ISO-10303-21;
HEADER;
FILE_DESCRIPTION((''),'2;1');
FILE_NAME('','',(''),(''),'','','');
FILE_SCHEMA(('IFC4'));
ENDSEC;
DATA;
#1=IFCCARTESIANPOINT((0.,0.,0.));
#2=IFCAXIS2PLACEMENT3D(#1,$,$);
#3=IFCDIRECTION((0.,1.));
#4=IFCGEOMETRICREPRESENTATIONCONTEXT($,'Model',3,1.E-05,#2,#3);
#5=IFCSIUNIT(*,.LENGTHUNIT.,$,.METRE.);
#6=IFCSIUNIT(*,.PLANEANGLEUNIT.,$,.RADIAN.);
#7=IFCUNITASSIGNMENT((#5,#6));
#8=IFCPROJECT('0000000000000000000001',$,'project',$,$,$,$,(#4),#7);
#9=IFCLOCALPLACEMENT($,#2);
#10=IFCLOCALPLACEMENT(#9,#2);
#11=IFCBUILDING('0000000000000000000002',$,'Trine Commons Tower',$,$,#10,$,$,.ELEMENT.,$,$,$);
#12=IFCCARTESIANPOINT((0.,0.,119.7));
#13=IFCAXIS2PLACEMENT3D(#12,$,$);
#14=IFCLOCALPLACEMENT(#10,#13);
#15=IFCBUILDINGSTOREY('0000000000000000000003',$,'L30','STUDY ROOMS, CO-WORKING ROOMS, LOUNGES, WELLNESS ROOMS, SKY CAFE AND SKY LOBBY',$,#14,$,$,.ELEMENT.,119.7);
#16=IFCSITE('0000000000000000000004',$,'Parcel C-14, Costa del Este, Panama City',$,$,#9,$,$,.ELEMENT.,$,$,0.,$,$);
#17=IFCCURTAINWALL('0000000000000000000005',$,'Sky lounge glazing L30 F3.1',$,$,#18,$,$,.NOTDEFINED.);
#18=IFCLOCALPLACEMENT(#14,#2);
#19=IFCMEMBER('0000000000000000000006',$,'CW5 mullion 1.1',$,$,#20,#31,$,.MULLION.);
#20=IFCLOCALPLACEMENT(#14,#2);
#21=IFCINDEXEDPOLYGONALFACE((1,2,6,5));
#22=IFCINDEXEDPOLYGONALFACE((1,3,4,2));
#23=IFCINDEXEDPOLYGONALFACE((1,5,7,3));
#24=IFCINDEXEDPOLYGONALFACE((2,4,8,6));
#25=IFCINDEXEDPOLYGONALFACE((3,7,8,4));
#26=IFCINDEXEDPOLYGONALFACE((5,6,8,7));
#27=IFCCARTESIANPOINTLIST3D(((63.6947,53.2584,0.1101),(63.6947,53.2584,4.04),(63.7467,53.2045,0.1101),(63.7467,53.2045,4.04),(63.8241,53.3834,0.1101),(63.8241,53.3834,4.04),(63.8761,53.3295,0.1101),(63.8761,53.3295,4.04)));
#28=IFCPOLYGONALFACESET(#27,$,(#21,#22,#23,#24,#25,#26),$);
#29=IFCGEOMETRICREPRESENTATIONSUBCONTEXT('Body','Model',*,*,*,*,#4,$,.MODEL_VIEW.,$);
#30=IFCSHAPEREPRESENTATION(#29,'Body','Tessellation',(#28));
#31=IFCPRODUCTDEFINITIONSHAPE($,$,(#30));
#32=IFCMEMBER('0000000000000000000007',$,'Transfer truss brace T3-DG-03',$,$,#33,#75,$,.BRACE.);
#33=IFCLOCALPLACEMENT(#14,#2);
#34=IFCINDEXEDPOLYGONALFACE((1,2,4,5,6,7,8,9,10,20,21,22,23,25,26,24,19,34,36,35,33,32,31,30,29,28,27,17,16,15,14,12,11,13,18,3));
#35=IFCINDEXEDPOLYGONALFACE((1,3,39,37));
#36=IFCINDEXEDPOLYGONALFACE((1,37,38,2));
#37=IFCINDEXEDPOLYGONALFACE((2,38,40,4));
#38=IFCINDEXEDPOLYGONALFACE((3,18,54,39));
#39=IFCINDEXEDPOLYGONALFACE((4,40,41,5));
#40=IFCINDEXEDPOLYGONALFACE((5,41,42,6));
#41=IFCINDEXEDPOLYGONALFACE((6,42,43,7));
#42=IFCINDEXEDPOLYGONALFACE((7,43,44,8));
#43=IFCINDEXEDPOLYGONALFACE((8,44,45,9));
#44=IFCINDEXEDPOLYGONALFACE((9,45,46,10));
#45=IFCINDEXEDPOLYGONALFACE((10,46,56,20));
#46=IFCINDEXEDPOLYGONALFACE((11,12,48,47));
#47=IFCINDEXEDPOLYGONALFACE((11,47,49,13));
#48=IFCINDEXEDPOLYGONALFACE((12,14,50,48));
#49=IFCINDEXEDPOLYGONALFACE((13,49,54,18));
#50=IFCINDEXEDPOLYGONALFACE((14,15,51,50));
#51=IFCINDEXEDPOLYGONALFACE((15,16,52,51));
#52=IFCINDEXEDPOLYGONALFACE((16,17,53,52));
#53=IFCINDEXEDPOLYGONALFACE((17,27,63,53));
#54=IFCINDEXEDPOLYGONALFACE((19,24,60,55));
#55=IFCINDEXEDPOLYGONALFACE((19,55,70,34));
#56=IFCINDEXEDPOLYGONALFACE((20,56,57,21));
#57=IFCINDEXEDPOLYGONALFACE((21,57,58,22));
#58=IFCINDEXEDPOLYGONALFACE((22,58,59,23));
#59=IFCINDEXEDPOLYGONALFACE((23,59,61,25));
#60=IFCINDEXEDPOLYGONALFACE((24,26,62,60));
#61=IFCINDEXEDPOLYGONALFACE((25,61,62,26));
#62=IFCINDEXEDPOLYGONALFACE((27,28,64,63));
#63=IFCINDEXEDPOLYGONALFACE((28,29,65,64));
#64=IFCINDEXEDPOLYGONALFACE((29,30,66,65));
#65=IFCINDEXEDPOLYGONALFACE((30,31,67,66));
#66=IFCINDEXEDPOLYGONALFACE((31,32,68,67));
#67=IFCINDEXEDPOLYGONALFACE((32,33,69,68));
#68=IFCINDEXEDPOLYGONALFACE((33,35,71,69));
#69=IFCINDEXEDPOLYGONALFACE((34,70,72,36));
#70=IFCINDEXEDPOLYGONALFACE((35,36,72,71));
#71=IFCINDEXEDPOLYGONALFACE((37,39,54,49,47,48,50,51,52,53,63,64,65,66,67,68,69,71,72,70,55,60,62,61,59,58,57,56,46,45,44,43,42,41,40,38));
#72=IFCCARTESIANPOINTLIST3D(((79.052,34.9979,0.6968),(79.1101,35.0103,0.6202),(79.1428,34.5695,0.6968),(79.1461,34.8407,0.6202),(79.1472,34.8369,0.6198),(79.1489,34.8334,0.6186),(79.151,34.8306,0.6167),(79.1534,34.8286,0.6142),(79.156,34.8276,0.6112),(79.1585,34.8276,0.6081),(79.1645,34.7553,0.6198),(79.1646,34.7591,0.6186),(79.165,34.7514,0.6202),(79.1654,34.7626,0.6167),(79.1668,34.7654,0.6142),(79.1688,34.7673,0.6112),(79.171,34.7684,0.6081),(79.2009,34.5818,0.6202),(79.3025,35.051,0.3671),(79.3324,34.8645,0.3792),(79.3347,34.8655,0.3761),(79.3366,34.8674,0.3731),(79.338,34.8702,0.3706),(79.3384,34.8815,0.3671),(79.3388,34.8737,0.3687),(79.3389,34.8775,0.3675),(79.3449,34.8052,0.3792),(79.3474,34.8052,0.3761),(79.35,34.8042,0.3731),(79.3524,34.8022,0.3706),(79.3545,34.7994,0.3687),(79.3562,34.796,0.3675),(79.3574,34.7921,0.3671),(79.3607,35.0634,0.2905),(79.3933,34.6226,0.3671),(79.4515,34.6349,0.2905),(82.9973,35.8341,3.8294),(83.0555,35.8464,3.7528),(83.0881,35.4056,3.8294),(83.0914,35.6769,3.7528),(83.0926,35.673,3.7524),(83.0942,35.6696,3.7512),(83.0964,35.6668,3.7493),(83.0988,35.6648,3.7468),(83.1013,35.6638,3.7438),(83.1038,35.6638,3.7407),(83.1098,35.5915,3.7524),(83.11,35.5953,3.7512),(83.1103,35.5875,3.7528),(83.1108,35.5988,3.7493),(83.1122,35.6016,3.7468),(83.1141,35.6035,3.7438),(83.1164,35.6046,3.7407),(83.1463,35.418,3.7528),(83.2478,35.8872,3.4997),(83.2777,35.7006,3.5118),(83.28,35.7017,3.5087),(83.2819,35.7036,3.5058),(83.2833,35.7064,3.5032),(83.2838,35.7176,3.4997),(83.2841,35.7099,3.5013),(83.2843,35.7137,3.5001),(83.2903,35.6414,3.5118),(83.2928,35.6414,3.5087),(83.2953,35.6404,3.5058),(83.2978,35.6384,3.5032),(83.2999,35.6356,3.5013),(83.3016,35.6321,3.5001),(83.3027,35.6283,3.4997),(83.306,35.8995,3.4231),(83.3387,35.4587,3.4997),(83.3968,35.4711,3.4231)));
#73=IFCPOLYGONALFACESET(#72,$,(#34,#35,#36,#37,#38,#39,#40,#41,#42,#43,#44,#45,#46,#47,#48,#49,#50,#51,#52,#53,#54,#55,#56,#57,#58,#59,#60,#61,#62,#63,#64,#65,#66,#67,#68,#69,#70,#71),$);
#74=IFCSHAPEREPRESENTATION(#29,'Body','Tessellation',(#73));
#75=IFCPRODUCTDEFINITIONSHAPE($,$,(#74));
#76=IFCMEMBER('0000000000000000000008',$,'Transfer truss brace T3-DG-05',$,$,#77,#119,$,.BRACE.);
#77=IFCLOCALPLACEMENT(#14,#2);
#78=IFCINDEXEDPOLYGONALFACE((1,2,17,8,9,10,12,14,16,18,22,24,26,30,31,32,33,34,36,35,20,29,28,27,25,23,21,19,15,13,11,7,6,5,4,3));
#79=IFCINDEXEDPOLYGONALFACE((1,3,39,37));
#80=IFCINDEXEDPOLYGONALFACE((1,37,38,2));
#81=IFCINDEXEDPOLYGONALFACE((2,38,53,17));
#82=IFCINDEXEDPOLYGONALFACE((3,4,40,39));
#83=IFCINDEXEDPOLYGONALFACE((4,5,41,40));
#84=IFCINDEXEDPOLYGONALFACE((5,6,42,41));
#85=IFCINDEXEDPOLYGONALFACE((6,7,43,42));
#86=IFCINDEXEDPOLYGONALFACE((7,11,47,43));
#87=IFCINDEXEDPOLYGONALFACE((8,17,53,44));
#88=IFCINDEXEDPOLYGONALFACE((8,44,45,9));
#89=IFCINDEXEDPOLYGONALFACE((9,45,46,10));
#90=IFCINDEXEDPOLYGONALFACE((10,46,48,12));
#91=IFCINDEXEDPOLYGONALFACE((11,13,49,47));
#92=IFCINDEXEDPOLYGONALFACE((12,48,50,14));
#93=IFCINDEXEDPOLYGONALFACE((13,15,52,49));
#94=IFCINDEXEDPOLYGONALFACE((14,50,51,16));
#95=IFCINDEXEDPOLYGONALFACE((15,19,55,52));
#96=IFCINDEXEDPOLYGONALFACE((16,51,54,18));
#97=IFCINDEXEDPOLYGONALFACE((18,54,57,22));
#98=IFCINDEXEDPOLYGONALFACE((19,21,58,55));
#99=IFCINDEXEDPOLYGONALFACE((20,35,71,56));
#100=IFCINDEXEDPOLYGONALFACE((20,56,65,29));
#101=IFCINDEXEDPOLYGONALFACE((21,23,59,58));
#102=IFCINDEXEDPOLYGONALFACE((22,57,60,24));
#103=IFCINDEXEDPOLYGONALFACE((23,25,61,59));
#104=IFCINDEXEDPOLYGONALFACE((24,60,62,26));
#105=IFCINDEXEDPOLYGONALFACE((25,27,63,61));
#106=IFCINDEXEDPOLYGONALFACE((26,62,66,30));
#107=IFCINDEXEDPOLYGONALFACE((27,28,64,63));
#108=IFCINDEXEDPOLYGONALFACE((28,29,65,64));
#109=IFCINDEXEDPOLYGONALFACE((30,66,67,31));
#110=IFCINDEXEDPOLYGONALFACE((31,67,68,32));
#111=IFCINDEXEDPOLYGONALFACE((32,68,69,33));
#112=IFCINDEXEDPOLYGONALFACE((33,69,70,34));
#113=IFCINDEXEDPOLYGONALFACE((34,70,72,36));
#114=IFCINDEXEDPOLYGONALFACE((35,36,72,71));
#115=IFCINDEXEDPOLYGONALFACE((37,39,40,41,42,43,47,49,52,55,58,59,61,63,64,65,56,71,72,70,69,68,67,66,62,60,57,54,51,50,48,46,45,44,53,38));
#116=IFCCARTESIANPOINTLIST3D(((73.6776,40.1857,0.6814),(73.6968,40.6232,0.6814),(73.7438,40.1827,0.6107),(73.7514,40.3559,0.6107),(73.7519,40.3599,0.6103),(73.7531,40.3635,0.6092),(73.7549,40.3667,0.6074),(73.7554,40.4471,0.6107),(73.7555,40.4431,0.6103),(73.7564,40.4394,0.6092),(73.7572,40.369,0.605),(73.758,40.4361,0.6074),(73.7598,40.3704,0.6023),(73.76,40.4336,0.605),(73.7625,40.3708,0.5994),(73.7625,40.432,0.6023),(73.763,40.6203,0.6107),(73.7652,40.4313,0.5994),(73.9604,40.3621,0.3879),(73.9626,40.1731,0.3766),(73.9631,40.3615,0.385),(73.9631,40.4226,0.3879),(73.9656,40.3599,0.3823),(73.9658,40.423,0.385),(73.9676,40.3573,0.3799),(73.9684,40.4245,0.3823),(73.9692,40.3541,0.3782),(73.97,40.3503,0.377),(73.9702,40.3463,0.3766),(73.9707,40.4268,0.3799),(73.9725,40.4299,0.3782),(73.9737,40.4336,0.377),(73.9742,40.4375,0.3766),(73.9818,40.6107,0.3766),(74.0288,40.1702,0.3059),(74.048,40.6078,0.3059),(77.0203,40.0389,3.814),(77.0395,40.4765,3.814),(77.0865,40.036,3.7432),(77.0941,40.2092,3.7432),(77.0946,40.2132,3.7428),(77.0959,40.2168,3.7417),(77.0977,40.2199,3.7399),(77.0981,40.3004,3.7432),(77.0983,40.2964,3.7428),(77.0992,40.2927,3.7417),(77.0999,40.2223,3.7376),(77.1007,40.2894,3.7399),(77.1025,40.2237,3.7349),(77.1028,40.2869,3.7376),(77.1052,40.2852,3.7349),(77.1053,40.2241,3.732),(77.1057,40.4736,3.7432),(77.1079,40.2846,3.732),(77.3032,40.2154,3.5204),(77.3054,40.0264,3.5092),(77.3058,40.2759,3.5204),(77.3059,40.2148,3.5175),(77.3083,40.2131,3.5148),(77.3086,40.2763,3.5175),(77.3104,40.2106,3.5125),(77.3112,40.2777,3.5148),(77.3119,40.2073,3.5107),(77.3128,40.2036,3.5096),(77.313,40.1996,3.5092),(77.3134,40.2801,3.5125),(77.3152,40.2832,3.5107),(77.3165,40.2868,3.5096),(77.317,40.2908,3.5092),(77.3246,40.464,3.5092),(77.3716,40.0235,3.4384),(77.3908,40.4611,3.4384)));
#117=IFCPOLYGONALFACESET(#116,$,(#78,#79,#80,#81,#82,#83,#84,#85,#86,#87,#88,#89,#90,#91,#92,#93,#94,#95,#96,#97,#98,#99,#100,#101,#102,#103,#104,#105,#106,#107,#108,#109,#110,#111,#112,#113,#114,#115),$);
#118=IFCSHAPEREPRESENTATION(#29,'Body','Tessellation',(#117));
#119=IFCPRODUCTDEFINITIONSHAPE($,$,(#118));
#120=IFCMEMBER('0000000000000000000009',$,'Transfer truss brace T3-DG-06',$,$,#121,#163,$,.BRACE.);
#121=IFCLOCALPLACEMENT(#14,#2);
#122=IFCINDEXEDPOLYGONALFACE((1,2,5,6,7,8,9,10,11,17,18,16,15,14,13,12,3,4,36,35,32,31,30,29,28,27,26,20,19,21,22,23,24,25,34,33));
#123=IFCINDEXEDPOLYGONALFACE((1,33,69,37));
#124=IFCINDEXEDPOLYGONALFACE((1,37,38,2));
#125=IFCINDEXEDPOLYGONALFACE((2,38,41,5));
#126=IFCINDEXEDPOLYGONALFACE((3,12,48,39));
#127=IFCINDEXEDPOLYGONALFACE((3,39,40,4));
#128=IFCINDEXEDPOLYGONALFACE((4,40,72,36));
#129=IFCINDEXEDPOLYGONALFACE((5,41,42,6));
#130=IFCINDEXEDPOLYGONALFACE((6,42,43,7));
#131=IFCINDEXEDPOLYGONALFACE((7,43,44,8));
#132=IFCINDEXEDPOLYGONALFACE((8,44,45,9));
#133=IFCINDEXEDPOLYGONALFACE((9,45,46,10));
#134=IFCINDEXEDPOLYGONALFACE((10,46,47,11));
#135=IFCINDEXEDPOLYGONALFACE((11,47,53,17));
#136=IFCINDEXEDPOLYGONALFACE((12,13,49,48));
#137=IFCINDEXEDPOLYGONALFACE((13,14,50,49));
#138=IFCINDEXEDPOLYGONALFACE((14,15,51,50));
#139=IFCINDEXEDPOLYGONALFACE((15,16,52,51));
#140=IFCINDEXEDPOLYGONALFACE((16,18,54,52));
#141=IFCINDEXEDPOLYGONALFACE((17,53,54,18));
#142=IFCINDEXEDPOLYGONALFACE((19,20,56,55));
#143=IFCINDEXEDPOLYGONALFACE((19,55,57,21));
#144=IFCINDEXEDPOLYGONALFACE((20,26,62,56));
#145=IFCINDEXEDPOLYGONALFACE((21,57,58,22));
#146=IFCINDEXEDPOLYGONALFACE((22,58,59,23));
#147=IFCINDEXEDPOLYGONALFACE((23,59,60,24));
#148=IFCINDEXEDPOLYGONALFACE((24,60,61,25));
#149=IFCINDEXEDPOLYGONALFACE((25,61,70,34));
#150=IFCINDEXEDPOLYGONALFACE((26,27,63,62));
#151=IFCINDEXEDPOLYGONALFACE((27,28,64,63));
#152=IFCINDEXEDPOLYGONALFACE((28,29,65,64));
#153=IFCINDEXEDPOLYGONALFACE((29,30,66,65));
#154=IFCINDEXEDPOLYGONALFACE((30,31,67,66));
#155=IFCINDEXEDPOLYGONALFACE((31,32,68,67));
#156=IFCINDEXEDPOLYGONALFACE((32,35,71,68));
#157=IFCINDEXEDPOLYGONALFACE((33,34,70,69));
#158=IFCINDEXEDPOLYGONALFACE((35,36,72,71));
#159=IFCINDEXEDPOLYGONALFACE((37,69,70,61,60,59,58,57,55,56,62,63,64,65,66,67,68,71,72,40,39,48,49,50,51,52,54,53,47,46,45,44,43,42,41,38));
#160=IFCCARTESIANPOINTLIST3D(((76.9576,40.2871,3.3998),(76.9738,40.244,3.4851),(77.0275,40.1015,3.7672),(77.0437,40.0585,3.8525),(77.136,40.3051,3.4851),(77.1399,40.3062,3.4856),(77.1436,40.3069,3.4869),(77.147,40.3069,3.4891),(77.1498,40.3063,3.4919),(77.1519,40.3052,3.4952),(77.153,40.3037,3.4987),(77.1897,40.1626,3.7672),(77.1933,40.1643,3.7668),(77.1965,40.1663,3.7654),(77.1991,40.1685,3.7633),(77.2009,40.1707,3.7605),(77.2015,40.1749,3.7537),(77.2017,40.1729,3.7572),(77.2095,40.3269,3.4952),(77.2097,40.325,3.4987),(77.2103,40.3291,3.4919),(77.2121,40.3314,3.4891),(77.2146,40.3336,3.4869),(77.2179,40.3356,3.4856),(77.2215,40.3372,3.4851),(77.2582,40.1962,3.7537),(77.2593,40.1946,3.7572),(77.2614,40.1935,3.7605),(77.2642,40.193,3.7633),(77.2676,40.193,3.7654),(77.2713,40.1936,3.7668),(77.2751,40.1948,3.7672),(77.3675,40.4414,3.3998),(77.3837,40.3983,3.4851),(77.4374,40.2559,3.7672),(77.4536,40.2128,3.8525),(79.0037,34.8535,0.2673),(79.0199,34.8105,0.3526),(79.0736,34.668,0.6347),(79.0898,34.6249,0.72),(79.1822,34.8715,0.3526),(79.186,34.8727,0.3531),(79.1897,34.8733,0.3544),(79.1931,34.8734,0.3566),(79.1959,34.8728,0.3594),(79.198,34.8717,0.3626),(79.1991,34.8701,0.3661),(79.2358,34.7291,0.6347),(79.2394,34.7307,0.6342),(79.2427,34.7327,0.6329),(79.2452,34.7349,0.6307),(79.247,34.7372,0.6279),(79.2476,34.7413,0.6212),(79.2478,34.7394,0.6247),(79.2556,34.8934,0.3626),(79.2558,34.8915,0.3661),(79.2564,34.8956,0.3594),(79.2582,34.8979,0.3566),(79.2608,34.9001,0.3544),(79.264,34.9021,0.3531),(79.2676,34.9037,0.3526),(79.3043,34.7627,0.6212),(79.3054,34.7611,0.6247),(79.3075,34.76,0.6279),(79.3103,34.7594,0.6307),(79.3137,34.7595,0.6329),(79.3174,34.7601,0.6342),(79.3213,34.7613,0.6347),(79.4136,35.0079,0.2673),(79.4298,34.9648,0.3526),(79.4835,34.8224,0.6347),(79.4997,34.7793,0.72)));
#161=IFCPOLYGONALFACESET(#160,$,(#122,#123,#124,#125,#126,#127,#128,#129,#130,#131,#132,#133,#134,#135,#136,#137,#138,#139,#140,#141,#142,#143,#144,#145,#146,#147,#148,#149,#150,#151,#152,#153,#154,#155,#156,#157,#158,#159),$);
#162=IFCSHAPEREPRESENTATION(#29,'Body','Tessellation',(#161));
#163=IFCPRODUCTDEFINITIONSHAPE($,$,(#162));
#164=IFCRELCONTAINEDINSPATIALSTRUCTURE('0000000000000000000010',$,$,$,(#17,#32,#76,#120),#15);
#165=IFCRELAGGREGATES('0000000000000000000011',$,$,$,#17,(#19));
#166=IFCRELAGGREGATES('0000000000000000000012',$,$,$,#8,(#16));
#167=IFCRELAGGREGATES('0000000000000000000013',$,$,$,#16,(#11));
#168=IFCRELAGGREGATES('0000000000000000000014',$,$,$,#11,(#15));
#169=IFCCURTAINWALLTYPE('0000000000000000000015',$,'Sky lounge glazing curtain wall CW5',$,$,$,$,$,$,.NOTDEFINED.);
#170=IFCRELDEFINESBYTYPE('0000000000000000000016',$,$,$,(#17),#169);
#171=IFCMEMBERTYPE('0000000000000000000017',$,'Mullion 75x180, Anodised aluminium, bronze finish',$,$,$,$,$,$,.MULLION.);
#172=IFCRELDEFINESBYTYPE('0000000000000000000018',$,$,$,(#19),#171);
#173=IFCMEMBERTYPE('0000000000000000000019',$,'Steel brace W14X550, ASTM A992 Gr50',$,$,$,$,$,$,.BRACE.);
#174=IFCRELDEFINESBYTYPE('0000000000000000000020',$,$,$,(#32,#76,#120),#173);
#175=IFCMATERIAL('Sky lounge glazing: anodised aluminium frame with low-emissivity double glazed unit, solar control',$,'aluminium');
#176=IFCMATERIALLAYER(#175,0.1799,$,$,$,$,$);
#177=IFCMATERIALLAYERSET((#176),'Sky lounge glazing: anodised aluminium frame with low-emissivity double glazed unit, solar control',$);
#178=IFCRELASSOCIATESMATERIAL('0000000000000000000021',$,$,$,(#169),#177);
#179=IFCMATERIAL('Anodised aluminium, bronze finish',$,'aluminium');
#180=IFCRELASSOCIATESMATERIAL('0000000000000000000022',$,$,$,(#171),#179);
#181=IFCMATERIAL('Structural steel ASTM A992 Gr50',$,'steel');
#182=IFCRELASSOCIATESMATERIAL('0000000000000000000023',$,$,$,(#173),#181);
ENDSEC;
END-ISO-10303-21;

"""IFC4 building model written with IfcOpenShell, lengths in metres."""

from ifc_helpers import new_model, si_unit, direction, frame, origin, origin_2d, place, context, subcontext, project, spatial, rectangle, i_section, extrude, material, layer, layer_set, material_profile, profile_set, type_object, element, aggregate, save


model = new_model("IFC4")

# Units and contexts
model_context = context("Model", 3, precision=1e-05, world=origin(), true_north=direction((0.0, 1.0)))
body_context = subcontext(model_context, "Body", "Model", "MODEL_VIEW")
ifc_project = project(units=[si_unit("LENGTHUNIT", "METRE"), si_unit("PLANEANGLEUNIT", "RADIAN")], contexts=[model_context])

# Site, building, storey
site_placement = place(None, origin())
site = spatial("IfcSite", under=ifc_project, at=site_placement, Name="Parcel C-14, Costa del Este, Panama City", CompositionType="ELEMENT", RefElevation=0.0)
building_placement = place(site_placement, origin())
building = spatial("IfcBuilding", under=site, at=building_placement, Name="Trine Commons Tower", CompositionType="ELEMENT")
storey_placement = place(building_placement, frame((0.0, 0.0, 119.7)))
storey = spatial("IfcBuildingStorey", under=building, at=storey_placement, Name="L30", Description="STUDY ROOMS, CO-WORKING ROOMS, LOUNGES, WELLNESS ROOMS, SKY CAFE AND SKY LOBBY", CompositionType="ELEMENT", Elevation=119.7)

# Curtain wall, member
ifc_material_1 = material(Name="Sky lounge glazing: anodised aluminium frame with low-emissivity double glazed unit, solar control", Category="aluminium")
ifc_layer_1 = layer(ifc_material_1, 0.1799)
ifc_layer_set_1 = layer_set([ifc_layer_1], Name="Sky lounge glazing: anodised aluminium frame with low-emissivity double glazed unit, solar control")
curtain_wall_type = type_object("IfcCurtainWallType", Name="Sky lounge glazing curtain wall CW5", PredefinedType="NOTDEFINED", material=ifc_layer_set_1)
curtain_wall_placement = place(storey_placement, origin())
curtain_wall = element("IfcCurtainWall", 1, at=curtain_wall_placement, inside=storey, type_object=curtain_wall_type, Name="Sky lounge glazing L30 F3.1", PredefinedType="NOTDEFINED")
ifc_material_2 = material(Name="Anodised aluminium, bronze finish", Category="aluminium")
ifc_material_profile_1 = material_profile(ifc_material_2, rectangle(XDim=0.1799, YDim=0.075, at=origin_2d()), Name="Mullion 75x180")
ifc_profile_set_1 = profile_set([ifc_material_profile_1], Name="Anodised aluminium, bronze finish")
member_type_1 = type_object("IfcMemberType", Name="Mullion 75x180, Anodised aluminium, bronze finish", PredefinedType="MULLION", material=ifc_profile_set_1)
member_1_placement = place(storey_placement, frame((63.7854, 53.2939, 0.1101), z_axis=(0.0, 0.0, 1.0), x_axis=(-0.71934, -0.694658, 0.0)))
member_1 = element("IfcMember", 2, at=member_1_placement, type_object=member_type_1, Name="CW5 mullion 1.1", PredefinedType="MULLION", context=body_context, shape_type="SweptSolid", body=[
    extrude(rectangle(XDim=0.1799, YDim=0.075, at=origin_2d()), origin(), (0.0, 0.0, 1.0), 3.9299),
])

# Members
ifc_material_3 = material(Name="Structural steel ASTM A992 Gr50", Category="steel")
ifc_material_profile_2 = material_profile(ifc_material_3, i_section(OverallWidth=0.438, OverallDepth=0.5144, WebThickness=0.0605, FlangeThickness=0.0969, FilletRadius=0.0154, at=origin_2d()), Name="W14X550")
ifc_profile_set_2 = profile_set([ifc_material_profile_2], Name="Structural steel ASTM A992 Gr50")
member_type_2 = type_object("IfcMemberType", Name="Steel brace W14X550, ASTM A992 Gr50", PredefinedType="BRACE", material=ifc_profile_set_2)
member_2_placement = place(storey_placement, frame((79.2517, 34.8164, 0.4937), z_axis=(0.772586, 0.163744, 0.613432), x_axis=(-0.207337, 0.978269, 0.0)))
element("IfcMember", 3, at=member_2_placement, inside=storey, type_object=member_type_2, Name="Transfer truss brace T3-DG-03", PredefinedType="BRACE", context=body_context, shape_type="SweptSolid", body=[
    extrude(i_section(OverallWidth=0.438, OverallDepth=0.5144, WebThickness=0.0605, FlangeThickness=0.0969, FilletRadius=0.0154, at=origin_2d()), origin(), (0.0, 0.0, 1.0), 5.1067),
])
member_3_placement = place(storey_placement, frame((73.8628, 40.3967, 0.4937), z_axis=(0.729303, -0.032012, 0.683442), x_axis=(0.043852, 0.999038, 0.0)))
element("IfcMember", 4, at=member_3_placement, inside=storey, type_object=member_type_2, Name="Transfer truss brace T3-DG-05", PredefinedType="BRACE", context=body_context, shape_type="SweptSolid", body=[
    extrude(i_section(OverallWidth=0.438, OverallDepth=0.5144, WebThickness=0.0605, FlangeThickness=0.0969, FilletRadius=0.0154, at=origin_2d()), origin(), (0.0, 0.0, 1.0), 4.5835),
])
member_4_placement = place(storey_placement, frame((79.2517, 34.8164, 0.4937), z_axis=(-0.310151, 0.823616, 0.47483), x_axis=(-0.935844, -0.352413, 0.0)))
element("IfcMember", 5, at=member_4_placement, inside=storey, type_object=member_type_2, Name="Transfer truss brace T3-DG-06", PredefinedType="BRACE", context=body_context, shape_type="SweptSolid", body=[
    extrude(i_section(OverallWidth=0.438, OverallDepth=0.5144, WebThickness=0.0605, FlangeThickness=0.0969, FilletRadius=0.0154, at=origin_2d()), origin(), (0.0, 0.0, 1.0), 6.5972),
])

aggregate(curtain_wall, [member_1])

save(model, "model.ifc")
